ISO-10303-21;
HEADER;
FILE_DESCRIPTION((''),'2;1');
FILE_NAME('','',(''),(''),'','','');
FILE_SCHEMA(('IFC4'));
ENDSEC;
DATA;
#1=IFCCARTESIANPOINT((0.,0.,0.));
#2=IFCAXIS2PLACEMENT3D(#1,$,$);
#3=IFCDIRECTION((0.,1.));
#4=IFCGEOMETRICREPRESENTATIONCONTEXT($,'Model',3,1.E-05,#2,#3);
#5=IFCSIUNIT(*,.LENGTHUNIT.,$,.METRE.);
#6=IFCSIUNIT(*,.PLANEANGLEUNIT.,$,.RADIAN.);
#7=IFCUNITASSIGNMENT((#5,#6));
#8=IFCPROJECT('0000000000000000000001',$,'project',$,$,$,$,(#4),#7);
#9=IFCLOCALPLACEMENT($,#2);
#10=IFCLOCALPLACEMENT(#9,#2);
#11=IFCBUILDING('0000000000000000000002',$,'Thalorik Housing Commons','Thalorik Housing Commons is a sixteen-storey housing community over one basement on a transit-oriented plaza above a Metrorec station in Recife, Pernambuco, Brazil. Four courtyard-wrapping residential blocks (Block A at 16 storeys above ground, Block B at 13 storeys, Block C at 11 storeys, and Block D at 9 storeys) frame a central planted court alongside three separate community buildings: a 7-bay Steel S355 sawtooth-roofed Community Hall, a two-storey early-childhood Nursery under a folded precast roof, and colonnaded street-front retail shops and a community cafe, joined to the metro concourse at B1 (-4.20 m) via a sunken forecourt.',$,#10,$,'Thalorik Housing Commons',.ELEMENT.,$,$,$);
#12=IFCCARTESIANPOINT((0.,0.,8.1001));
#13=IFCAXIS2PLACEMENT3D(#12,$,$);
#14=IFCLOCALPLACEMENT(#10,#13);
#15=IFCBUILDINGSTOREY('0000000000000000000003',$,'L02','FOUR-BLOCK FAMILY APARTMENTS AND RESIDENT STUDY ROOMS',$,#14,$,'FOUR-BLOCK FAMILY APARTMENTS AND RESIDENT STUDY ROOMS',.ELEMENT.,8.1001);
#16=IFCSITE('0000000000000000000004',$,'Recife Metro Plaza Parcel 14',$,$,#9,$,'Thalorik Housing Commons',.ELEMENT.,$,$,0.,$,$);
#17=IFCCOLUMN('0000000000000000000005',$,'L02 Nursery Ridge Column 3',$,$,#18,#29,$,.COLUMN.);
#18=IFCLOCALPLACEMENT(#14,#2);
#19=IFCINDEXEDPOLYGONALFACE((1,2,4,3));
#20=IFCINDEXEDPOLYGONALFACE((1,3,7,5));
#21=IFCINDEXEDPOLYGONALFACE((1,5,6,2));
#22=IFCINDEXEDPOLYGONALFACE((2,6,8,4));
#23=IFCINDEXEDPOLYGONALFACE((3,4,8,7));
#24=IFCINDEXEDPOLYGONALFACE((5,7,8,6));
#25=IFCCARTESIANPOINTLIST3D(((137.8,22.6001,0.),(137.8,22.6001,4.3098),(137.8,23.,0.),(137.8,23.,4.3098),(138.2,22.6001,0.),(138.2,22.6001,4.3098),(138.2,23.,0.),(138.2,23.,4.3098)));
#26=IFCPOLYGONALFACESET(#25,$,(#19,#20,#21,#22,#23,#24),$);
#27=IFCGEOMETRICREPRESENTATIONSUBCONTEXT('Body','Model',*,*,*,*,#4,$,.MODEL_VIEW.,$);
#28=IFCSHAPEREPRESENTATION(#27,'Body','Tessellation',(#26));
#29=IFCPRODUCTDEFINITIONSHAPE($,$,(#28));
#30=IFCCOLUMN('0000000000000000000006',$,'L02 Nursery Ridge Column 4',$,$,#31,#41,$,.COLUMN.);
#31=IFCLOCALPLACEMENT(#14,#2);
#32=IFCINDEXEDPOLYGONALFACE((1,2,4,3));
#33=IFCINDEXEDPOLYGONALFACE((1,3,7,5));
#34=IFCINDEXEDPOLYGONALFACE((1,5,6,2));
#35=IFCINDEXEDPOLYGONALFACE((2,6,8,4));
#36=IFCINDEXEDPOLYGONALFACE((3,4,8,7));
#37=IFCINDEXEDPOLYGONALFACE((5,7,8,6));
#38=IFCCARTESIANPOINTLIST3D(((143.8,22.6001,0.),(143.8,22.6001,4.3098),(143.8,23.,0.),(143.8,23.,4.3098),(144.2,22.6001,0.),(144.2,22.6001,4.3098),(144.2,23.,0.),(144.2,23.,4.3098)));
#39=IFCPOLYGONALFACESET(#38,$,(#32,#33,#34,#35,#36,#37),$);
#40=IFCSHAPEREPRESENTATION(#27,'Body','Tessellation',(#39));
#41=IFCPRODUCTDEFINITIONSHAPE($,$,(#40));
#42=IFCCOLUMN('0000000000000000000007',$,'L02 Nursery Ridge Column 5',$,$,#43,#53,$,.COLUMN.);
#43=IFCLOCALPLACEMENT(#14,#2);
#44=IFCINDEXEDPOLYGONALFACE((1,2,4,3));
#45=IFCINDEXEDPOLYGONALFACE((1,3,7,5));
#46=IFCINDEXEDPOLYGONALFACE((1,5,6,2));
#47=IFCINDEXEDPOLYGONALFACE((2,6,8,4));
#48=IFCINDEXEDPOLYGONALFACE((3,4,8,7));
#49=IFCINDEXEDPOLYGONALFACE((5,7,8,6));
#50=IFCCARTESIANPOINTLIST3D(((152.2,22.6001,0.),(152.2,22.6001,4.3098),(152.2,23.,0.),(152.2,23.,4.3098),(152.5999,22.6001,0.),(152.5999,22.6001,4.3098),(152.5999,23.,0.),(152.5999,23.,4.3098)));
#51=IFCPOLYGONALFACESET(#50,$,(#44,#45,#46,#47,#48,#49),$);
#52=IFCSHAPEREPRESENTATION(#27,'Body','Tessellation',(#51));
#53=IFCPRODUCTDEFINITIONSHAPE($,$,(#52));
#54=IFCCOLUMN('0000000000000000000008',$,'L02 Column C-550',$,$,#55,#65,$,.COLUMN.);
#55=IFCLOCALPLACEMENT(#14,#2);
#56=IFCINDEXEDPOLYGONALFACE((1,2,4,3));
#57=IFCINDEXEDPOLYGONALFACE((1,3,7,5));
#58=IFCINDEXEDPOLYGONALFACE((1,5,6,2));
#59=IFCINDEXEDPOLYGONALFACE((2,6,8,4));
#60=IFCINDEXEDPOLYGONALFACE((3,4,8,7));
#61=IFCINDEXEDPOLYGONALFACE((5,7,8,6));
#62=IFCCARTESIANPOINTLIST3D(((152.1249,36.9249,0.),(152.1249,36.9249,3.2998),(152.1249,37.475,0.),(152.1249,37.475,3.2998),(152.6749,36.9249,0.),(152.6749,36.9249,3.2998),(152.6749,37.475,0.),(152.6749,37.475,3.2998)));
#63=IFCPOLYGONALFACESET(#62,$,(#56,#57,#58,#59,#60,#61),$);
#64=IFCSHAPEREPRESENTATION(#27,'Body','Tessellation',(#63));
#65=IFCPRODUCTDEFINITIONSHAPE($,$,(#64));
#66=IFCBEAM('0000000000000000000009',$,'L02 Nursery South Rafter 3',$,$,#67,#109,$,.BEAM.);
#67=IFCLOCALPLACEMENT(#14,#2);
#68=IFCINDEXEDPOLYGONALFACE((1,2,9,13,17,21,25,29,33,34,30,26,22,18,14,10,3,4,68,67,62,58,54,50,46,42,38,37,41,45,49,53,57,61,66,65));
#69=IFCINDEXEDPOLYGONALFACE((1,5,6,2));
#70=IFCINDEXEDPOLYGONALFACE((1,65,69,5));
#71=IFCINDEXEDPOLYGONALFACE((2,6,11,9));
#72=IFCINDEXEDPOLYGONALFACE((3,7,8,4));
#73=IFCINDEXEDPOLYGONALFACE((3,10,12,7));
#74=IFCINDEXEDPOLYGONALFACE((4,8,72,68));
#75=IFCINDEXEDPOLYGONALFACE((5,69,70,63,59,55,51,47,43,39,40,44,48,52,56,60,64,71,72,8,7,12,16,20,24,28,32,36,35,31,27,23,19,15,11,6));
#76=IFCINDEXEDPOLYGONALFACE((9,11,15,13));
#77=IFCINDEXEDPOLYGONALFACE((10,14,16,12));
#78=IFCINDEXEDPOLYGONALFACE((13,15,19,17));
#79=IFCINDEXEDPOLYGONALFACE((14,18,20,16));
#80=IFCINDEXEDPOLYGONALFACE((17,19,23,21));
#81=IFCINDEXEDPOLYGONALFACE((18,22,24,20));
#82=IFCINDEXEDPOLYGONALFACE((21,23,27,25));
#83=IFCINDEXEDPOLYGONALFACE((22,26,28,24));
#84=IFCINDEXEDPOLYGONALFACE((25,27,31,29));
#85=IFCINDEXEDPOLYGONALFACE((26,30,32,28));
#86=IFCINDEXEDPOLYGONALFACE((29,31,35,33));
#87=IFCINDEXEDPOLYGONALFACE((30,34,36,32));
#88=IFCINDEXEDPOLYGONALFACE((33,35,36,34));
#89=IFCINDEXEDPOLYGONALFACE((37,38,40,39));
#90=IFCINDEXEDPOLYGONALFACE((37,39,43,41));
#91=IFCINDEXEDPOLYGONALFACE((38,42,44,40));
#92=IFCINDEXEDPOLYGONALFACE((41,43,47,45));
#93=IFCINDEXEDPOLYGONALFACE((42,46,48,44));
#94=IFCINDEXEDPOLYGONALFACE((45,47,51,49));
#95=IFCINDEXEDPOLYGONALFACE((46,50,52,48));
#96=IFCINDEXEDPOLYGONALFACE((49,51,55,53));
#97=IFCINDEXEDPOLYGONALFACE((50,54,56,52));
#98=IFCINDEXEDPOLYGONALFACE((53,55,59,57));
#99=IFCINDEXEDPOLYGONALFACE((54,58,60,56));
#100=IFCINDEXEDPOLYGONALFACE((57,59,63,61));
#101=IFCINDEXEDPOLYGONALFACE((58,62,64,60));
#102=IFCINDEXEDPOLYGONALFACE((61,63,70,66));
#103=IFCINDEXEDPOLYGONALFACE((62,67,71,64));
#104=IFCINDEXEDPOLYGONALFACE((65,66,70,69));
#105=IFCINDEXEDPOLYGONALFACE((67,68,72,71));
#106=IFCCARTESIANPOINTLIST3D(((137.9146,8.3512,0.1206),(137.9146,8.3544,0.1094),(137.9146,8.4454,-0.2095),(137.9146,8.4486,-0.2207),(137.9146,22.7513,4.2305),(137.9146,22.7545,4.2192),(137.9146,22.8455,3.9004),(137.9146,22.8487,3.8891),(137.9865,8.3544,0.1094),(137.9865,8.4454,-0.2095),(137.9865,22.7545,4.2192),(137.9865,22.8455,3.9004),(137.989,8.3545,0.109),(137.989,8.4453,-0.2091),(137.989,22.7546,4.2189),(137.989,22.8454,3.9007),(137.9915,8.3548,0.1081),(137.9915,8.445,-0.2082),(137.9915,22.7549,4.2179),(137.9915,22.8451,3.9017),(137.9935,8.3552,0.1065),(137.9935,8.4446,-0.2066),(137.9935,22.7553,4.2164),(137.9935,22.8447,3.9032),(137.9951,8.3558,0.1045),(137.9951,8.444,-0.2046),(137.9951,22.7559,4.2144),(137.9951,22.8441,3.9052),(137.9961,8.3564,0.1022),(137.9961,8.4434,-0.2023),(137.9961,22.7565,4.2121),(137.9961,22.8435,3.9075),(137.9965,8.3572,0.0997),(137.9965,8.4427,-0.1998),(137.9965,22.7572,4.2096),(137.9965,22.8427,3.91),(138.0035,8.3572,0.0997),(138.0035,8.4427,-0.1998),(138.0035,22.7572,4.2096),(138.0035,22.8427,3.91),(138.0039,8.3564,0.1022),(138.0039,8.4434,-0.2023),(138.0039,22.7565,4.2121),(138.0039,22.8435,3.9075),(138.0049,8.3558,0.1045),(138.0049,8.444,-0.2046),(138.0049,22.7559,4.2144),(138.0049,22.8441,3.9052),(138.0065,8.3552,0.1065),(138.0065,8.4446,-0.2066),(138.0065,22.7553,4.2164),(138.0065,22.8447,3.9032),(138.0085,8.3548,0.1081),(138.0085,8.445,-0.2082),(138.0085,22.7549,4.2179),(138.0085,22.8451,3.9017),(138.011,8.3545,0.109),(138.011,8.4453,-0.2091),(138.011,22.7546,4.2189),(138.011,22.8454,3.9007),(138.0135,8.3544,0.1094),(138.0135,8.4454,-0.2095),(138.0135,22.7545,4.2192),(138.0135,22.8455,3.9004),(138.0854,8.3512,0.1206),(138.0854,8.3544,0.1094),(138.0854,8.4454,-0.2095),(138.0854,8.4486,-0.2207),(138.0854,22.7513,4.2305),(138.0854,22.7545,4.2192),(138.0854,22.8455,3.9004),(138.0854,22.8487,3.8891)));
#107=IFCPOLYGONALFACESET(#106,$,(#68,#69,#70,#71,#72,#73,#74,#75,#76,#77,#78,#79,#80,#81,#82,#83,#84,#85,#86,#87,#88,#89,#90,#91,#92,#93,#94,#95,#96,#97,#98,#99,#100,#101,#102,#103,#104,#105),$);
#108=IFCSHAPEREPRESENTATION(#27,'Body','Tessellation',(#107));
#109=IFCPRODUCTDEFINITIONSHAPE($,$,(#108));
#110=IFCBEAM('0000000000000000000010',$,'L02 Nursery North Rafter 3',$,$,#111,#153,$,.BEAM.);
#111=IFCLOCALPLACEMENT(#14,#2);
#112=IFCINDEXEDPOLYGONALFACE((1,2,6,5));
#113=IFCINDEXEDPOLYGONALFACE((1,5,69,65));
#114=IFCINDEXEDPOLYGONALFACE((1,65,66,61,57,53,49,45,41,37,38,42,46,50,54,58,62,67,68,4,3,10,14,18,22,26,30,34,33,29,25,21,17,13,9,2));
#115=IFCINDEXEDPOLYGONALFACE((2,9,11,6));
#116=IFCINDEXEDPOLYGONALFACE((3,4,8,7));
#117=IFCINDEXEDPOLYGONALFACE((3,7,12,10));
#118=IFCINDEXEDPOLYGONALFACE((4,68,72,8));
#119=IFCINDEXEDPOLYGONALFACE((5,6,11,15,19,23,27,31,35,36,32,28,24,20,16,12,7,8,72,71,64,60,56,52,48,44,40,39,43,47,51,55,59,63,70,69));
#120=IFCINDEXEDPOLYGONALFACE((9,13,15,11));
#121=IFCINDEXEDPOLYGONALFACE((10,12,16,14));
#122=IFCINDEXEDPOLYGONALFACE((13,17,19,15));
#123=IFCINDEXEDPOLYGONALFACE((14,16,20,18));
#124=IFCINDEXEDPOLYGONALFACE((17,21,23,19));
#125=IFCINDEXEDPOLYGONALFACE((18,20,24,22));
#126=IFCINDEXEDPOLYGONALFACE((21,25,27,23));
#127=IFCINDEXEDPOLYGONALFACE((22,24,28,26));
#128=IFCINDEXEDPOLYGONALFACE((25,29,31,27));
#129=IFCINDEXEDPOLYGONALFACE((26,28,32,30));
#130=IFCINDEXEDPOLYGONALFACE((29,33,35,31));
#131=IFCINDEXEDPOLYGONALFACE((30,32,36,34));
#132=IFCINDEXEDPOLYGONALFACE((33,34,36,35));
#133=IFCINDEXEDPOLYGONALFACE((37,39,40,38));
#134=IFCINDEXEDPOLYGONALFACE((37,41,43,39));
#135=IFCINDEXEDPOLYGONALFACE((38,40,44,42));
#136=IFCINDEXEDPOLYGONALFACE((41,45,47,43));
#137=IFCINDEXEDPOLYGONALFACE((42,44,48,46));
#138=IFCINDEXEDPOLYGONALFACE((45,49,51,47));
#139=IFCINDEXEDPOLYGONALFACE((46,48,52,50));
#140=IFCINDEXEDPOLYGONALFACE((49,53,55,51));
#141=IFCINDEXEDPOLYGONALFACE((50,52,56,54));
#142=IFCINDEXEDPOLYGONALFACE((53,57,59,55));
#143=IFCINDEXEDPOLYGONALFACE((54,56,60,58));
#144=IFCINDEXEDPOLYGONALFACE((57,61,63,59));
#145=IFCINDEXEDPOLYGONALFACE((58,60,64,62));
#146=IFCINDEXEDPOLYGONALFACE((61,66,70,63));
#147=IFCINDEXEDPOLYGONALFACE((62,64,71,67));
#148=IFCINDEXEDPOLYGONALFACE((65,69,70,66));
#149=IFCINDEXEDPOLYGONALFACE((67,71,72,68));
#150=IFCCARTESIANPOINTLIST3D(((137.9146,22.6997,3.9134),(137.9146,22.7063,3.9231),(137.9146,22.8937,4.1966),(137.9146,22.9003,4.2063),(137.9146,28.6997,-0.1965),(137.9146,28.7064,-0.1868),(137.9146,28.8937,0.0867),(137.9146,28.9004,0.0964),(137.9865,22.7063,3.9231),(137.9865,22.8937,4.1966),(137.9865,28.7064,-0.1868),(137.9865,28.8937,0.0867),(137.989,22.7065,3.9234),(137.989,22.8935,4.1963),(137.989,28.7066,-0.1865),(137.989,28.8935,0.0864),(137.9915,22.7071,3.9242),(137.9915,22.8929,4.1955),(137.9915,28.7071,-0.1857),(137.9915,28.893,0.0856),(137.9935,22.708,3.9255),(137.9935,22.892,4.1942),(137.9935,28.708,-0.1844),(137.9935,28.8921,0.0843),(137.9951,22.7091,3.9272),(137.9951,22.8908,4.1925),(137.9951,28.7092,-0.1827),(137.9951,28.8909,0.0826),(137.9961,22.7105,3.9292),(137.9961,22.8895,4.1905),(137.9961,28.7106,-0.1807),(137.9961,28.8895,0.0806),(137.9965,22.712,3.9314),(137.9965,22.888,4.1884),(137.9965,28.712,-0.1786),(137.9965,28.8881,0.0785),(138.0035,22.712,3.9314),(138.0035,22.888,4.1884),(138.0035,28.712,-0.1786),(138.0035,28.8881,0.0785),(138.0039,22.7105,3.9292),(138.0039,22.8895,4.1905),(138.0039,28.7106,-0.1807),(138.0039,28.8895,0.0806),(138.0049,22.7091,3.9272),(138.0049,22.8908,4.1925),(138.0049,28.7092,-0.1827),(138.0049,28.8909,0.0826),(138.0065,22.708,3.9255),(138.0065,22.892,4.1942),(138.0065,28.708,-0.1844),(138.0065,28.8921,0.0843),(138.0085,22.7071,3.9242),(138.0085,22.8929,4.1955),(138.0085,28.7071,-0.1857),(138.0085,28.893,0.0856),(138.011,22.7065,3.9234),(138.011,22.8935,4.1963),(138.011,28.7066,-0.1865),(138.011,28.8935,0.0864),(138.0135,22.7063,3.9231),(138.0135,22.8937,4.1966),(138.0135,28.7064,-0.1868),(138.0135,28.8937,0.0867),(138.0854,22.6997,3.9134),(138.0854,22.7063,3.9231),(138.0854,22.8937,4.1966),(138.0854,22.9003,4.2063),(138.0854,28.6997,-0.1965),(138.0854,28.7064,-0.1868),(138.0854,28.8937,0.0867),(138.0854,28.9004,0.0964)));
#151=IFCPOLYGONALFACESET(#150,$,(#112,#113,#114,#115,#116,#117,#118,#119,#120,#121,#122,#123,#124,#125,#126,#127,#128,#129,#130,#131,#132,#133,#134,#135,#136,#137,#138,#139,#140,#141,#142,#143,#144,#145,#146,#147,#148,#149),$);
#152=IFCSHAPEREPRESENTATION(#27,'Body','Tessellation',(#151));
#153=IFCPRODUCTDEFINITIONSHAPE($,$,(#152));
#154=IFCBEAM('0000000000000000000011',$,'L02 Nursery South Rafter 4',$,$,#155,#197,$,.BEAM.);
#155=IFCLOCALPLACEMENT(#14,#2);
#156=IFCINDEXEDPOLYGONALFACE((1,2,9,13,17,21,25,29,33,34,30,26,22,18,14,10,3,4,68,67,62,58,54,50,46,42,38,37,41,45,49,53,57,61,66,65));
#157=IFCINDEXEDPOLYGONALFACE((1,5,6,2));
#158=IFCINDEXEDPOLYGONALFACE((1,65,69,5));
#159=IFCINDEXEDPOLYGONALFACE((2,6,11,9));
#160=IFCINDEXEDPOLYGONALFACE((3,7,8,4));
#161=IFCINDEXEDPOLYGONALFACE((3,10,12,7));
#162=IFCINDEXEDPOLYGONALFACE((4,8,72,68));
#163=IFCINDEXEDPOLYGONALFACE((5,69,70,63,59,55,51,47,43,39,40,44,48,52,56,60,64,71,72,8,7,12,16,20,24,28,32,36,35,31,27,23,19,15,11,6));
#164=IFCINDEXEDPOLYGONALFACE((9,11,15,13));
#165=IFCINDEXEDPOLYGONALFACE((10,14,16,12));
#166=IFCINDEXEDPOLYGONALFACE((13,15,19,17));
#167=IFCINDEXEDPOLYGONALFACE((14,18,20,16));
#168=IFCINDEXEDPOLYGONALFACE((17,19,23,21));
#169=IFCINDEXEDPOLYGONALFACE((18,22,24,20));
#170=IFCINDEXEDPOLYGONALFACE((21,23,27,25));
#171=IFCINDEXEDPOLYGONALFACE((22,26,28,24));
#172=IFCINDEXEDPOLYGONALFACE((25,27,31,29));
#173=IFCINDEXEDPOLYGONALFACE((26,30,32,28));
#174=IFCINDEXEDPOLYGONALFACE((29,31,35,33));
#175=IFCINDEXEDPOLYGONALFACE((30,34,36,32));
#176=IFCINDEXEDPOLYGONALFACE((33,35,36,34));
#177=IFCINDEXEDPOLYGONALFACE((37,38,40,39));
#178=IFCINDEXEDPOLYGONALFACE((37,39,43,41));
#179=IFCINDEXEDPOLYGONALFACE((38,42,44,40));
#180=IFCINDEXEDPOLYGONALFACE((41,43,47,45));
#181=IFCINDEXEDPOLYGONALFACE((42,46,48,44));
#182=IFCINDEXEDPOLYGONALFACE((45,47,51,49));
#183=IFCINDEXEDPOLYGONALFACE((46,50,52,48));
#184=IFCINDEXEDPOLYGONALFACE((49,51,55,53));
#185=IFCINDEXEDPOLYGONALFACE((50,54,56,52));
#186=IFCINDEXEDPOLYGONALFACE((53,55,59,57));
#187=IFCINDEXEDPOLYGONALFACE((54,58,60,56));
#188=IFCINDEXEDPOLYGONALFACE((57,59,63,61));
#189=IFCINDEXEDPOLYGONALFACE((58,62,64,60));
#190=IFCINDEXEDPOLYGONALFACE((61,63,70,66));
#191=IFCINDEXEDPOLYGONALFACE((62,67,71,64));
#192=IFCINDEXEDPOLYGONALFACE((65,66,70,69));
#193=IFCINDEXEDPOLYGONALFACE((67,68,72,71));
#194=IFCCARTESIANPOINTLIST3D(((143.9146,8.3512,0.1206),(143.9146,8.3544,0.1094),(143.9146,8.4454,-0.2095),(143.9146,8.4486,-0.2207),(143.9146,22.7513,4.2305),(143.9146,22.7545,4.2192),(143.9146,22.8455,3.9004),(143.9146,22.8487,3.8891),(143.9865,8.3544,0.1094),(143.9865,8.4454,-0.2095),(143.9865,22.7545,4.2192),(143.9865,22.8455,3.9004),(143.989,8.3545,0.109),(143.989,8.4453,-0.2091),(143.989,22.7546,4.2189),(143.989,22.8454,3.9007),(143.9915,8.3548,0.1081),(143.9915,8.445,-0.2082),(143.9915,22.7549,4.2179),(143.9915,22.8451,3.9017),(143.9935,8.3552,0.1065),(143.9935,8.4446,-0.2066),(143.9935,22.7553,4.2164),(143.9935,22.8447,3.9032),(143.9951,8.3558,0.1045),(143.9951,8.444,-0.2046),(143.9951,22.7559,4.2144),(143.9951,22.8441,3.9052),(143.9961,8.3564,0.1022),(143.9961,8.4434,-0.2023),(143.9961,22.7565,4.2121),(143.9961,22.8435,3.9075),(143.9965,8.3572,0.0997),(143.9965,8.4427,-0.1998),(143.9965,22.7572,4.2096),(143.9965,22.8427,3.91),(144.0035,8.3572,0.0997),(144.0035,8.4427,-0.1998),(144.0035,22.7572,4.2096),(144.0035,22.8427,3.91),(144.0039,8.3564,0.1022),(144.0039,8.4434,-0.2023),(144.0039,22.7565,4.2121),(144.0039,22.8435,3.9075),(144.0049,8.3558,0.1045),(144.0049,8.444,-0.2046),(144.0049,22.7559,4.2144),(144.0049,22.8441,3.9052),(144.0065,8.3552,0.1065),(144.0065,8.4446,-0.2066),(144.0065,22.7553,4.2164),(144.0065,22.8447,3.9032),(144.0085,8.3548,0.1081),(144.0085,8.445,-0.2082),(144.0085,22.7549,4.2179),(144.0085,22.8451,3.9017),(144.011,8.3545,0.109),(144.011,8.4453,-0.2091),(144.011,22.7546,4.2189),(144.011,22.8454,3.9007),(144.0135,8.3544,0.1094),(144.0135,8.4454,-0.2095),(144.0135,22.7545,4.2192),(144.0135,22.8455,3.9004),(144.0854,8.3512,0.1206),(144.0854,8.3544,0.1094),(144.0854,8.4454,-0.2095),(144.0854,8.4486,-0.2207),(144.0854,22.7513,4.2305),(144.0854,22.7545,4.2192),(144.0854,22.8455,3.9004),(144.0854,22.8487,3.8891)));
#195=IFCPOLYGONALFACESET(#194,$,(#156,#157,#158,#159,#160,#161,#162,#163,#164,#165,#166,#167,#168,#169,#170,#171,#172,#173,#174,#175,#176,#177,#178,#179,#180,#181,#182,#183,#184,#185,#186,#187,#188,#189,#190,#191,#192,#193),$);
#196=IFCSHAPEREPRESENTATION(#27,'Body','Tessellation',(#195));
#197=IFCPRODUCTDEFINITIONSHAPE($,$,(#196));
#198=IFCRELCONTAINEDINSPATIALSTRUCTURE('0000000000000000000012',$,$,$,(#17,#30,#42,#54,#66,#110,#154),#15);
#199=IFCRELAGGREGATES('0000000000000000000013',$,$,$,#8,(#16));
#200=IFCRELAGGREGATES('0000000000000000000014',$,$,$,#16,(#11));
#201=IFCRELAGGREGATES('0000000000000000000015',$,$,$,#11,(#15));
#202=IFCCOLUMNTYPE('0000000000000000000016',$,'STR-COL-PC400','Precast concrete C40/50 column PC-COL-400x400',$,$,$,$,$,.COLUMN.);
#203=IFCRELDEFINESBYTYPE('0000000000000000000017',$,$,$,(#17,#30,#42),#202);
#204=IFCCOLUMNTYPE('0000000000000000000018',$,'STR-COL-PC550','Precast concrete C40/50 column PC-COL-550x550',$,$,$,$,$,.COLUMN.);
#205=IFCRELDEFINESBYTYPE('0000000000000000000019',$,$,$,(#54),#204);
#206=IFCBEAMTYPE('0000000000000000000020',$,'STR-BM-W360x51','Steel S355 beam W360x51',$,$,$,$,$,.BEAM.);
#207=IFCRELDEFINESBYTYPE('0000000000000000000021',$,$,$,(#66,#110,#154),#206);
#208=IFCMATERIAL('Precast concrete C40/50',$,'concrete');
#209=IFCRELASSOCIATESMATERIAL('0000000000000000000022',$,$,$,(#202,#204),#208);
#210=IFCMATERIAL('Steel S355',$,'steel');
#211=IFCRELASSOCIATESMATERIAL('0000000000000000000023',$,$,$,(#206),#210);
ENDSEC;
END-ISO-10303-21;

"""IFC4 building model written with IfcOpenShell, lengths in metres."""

from ifc_helpers import new_model, si_unit, direction, frame, origin, origin_2d, place, context, subcontext, project, spatial, rectangle, i_section, extrude, material, material_profile, profile_set, type_object, element, save


model = new_model("IFC4")

# Units and contexts
model_context = context("Model", 3, precision=1e-05, world=origin(), true_north=direction((0.0, 1.0)))
body_context = subcontext(model_context, "Body", "Model", "MODEL_VIEW")
ifc_project = project(units=[si_unit("LENGTHUNIT", "METRE"), si_unit("PLANEANGLEUNIT", "RADIAN")], contexts=[model_context])

# Site, building, storey
site_placement = place(None, origin())
site = spatial("IfcSite", under=ifc_project, at=site_placement, Name="Recife Metro Plaza Parcel 14", LongName="Thalorik Housing Commons", CompositionType="ELEMENT", RefElevation=0.0)
building_placement = place(site_placement, origin())
building = spatial("IfcBuilding", under=site, at=building_placement, Name="Thalorik Housing Commons", Description="Thalorik Housing Commons is a sixteen-storey housing community over one basement on a transit-oriented plaza above a Metrorec station in Recife, Pernambuco, Brazil. Four courtyard-wrapping residential blocks (Block A at 16 storeys above ground, Block B at 13 storeys, Block C at 11 storeys, and Block D at 9 storeys) frame a central planted court alongside three separate community buildings: a 7-bay Steel S355 sawtooth-roofed Community Hall, a two-storey early-childhood Nursery under a folded precast roof, and colonnaded street-front retail shops and a community cafe, joined to the metro concourse at B1 (-4.20 m) via a sunken forecourt.", LongName="Thalorik Housing Commons", CompositionType="ELEMENT")
storey_placement = place(building_placement, frame((0.0, 0.0, 8.1001)))
storey = spatial("IfcBuildingStorey", under=building, at=storey_placement, Name="L02", Description="FOUR-BLOCK FAMILY APARTMENTS AND RESIDENT STUDY ROOMS", LongName="FOUR-BLOCK FAMILY APARTMENTS AND RESIDENT STUDY ROOMS", CompositionType="ELEMENT", Elevation=8.1001)

# Columns
ifc_material_1 = material(Name="Precast concrete C40/50", Category="concrete")
ifc_material_profile_1 = material_profile(ifc_material_1, rectangle(XDim=0.3999, YDim=0.3999, at=origin_2d()), Name="PC 400x400", Category="concrete")
ifc_profile_set_1 = profile_set([ifc_material_profile_1], Name="Precast concrete C40/50")
column_type_1 = type_object("IfcColumnType", Name="STR-COL-PC400", Description="Precast concrete C40/50 column PC-COL-400x400", PredefinedType="COLUMN", material=ifc_profile_set_1)
for number, where, z_axis, x_axis, name in (
    (1, (138.0, 22.8, 0.0), (0.0, 0.0, 1.0), (1.0, 0.0, 0.0), "L02 Nursery Ridge Column 3"),
    (2, (144.0, 22.8, 0.0), (0.0, 0.0, 1.0), (1.0, 0.0, 0.0), "L02 Nursery Ridge Column 4"),
    (3, (152.3999, 22.8, 0.0), (0.0, 0.0, 1.0), (1.0, 0.0, 0.0), "L02 Nursery Ridge Column 5"),
):
    element("IfcColumn", number, at=place(storey_placement, frame(where, z_axis=z_axis, x_axis=x_axis)), inside=storey, type_object=column_type_1, Name=name, PredefinedType="COLUMN", context=body_context, shape_type="SweptSolid", body=[
        extrude(rectangle(XDim=0.3999, YDim=0.3999, at=origin_2d()), origin(), (0.0, 0.0, 1.0), 4.3098),
    ])
ifc_material_profile_2 = material_profile(ifc_material_1, rectangle(XDim=0.55, YDim=0.55, at=origin_2d()), Name="PC 550x550", Category="concrete")
ifc_profile_set_2 = profile_set([ifc_material_profile_2], Name="Precast concrete C40/50")
column_type_2 = type_object("IfcColumnType", Name="STR-COL-PC550", Description="Precast concrete C40/50 column PC-COL-550x550", PredefinedType="COLUMN", material=ifc_profile_set_2)
column_placement = place(storey_placement, frame((152.3999, 37.2, 0.0), z_axis=(0.0, 0.0, 1.0), x_axis=(1.0, 0.0, 0.0)))
element("IfcColumn", 4, at=column_placement, inside=storey, type_object=column_type_2, Name="L02 Column C-550", PredefinedType="COLUMN", context=body_context, shape_type="SweptSolid", body=[
    extrude(rectangle(XDim=0.55, YDim=0.55, at=origin_2d()), origin(), (0.0, 0.0, 1.0), 3.2998),
])

# Beams
ifc_material_2 = material(Name="Steel S355", Category="steel")
ifc_material_profile_3 = material_profile(ifc_material_2, i_section(OverallWidth=0.1709, OverallDepth=0.355, WebThickness=0.0071, FlangeThickness=0.0117, FilletRadius=0.01, at=origin_2d()), Name="W360x51", Category="steel")
ifc_profile_set_3 = profile_set([ifc_material_profile_3], Name="Steel S355")
beam_type_1 = type_object("IfcBeamType", Name="STR-BM-W360x51", Description="Steel S355 beam W360x51", PredefinedType="BEAM", material=ifc_profile_set_3)
beam_1_placement = place(storey_placement, frame((138.0, 8.3999, -0.05), z_axis=(0.0, 0.961603, 0.274446), x_axis=(-1.0, 0.0, 0.0)))
element("IfcBeam", 5, at=beam_1_placement, inside=storey, type_object=beam_type_1, Name="L02 Nursery South Rafter 3", PredefinedType="BEAM", context=body_context, shape_type="SweptSolid", body=[
    extrude(i_section(OverallWidth=0.1709, OverallDepth=0.355, WebThickness=0.0071, FlangeThickness=0.0117, FilletRadius=0.01, at=origin_2d()), origin(), (0.0, 0.0, 1.0), 14.9751),
])
beam_2_placement = place(storey_placement, frame((138.0, 28.8, -0.05), z_axis=(0.0, -0.825012, 0.565115), x_axis=(1.0, 0.0, 0.0)))
element("IfcBeam", 6, at=beam_2_placement, inside=storey, type_object=beam_type_1, Name="L02 Nursery North Rafter 3", PredefinedType="BEAM", context=body_context, shape_type="SweptSolid", body=[
    extrude(i_section(OverallWidth=0.1709, OverallDepth=0.355, WebThickness=0.0071, FlangeThickness=0.0117, FilletRadius=0.01, at=origin_2d()), origin(), (0.0, 0.0, 1.0), 7.2727),
])
beam_3_placement = place(storey_placement, frame((144.0, 8.3999, -0.05), z_axis=(0.0, 0.961603, 0.274446), x_axis=(-1.0, 0.0, 0.0)))
element("IfcBeam", 7, at=beam_3_placement, inside=storey, type_object=beam_type_1, Name="L02 Nursery South Rafter 4", PredefinedType="BEAM", context=body_context, shape_type="SweptSolid", body=[
    extrude(i_section(OverallWidth=0.1709, OverallDepth=0.355, WebThickness=0.0071, FlangeThickness=0.0117, FilletRadius=0.01, at=origin_2d()), origin(), (0.0, 0.0, 1.0), 14.9751),
])

save(model, "model.ifc")
